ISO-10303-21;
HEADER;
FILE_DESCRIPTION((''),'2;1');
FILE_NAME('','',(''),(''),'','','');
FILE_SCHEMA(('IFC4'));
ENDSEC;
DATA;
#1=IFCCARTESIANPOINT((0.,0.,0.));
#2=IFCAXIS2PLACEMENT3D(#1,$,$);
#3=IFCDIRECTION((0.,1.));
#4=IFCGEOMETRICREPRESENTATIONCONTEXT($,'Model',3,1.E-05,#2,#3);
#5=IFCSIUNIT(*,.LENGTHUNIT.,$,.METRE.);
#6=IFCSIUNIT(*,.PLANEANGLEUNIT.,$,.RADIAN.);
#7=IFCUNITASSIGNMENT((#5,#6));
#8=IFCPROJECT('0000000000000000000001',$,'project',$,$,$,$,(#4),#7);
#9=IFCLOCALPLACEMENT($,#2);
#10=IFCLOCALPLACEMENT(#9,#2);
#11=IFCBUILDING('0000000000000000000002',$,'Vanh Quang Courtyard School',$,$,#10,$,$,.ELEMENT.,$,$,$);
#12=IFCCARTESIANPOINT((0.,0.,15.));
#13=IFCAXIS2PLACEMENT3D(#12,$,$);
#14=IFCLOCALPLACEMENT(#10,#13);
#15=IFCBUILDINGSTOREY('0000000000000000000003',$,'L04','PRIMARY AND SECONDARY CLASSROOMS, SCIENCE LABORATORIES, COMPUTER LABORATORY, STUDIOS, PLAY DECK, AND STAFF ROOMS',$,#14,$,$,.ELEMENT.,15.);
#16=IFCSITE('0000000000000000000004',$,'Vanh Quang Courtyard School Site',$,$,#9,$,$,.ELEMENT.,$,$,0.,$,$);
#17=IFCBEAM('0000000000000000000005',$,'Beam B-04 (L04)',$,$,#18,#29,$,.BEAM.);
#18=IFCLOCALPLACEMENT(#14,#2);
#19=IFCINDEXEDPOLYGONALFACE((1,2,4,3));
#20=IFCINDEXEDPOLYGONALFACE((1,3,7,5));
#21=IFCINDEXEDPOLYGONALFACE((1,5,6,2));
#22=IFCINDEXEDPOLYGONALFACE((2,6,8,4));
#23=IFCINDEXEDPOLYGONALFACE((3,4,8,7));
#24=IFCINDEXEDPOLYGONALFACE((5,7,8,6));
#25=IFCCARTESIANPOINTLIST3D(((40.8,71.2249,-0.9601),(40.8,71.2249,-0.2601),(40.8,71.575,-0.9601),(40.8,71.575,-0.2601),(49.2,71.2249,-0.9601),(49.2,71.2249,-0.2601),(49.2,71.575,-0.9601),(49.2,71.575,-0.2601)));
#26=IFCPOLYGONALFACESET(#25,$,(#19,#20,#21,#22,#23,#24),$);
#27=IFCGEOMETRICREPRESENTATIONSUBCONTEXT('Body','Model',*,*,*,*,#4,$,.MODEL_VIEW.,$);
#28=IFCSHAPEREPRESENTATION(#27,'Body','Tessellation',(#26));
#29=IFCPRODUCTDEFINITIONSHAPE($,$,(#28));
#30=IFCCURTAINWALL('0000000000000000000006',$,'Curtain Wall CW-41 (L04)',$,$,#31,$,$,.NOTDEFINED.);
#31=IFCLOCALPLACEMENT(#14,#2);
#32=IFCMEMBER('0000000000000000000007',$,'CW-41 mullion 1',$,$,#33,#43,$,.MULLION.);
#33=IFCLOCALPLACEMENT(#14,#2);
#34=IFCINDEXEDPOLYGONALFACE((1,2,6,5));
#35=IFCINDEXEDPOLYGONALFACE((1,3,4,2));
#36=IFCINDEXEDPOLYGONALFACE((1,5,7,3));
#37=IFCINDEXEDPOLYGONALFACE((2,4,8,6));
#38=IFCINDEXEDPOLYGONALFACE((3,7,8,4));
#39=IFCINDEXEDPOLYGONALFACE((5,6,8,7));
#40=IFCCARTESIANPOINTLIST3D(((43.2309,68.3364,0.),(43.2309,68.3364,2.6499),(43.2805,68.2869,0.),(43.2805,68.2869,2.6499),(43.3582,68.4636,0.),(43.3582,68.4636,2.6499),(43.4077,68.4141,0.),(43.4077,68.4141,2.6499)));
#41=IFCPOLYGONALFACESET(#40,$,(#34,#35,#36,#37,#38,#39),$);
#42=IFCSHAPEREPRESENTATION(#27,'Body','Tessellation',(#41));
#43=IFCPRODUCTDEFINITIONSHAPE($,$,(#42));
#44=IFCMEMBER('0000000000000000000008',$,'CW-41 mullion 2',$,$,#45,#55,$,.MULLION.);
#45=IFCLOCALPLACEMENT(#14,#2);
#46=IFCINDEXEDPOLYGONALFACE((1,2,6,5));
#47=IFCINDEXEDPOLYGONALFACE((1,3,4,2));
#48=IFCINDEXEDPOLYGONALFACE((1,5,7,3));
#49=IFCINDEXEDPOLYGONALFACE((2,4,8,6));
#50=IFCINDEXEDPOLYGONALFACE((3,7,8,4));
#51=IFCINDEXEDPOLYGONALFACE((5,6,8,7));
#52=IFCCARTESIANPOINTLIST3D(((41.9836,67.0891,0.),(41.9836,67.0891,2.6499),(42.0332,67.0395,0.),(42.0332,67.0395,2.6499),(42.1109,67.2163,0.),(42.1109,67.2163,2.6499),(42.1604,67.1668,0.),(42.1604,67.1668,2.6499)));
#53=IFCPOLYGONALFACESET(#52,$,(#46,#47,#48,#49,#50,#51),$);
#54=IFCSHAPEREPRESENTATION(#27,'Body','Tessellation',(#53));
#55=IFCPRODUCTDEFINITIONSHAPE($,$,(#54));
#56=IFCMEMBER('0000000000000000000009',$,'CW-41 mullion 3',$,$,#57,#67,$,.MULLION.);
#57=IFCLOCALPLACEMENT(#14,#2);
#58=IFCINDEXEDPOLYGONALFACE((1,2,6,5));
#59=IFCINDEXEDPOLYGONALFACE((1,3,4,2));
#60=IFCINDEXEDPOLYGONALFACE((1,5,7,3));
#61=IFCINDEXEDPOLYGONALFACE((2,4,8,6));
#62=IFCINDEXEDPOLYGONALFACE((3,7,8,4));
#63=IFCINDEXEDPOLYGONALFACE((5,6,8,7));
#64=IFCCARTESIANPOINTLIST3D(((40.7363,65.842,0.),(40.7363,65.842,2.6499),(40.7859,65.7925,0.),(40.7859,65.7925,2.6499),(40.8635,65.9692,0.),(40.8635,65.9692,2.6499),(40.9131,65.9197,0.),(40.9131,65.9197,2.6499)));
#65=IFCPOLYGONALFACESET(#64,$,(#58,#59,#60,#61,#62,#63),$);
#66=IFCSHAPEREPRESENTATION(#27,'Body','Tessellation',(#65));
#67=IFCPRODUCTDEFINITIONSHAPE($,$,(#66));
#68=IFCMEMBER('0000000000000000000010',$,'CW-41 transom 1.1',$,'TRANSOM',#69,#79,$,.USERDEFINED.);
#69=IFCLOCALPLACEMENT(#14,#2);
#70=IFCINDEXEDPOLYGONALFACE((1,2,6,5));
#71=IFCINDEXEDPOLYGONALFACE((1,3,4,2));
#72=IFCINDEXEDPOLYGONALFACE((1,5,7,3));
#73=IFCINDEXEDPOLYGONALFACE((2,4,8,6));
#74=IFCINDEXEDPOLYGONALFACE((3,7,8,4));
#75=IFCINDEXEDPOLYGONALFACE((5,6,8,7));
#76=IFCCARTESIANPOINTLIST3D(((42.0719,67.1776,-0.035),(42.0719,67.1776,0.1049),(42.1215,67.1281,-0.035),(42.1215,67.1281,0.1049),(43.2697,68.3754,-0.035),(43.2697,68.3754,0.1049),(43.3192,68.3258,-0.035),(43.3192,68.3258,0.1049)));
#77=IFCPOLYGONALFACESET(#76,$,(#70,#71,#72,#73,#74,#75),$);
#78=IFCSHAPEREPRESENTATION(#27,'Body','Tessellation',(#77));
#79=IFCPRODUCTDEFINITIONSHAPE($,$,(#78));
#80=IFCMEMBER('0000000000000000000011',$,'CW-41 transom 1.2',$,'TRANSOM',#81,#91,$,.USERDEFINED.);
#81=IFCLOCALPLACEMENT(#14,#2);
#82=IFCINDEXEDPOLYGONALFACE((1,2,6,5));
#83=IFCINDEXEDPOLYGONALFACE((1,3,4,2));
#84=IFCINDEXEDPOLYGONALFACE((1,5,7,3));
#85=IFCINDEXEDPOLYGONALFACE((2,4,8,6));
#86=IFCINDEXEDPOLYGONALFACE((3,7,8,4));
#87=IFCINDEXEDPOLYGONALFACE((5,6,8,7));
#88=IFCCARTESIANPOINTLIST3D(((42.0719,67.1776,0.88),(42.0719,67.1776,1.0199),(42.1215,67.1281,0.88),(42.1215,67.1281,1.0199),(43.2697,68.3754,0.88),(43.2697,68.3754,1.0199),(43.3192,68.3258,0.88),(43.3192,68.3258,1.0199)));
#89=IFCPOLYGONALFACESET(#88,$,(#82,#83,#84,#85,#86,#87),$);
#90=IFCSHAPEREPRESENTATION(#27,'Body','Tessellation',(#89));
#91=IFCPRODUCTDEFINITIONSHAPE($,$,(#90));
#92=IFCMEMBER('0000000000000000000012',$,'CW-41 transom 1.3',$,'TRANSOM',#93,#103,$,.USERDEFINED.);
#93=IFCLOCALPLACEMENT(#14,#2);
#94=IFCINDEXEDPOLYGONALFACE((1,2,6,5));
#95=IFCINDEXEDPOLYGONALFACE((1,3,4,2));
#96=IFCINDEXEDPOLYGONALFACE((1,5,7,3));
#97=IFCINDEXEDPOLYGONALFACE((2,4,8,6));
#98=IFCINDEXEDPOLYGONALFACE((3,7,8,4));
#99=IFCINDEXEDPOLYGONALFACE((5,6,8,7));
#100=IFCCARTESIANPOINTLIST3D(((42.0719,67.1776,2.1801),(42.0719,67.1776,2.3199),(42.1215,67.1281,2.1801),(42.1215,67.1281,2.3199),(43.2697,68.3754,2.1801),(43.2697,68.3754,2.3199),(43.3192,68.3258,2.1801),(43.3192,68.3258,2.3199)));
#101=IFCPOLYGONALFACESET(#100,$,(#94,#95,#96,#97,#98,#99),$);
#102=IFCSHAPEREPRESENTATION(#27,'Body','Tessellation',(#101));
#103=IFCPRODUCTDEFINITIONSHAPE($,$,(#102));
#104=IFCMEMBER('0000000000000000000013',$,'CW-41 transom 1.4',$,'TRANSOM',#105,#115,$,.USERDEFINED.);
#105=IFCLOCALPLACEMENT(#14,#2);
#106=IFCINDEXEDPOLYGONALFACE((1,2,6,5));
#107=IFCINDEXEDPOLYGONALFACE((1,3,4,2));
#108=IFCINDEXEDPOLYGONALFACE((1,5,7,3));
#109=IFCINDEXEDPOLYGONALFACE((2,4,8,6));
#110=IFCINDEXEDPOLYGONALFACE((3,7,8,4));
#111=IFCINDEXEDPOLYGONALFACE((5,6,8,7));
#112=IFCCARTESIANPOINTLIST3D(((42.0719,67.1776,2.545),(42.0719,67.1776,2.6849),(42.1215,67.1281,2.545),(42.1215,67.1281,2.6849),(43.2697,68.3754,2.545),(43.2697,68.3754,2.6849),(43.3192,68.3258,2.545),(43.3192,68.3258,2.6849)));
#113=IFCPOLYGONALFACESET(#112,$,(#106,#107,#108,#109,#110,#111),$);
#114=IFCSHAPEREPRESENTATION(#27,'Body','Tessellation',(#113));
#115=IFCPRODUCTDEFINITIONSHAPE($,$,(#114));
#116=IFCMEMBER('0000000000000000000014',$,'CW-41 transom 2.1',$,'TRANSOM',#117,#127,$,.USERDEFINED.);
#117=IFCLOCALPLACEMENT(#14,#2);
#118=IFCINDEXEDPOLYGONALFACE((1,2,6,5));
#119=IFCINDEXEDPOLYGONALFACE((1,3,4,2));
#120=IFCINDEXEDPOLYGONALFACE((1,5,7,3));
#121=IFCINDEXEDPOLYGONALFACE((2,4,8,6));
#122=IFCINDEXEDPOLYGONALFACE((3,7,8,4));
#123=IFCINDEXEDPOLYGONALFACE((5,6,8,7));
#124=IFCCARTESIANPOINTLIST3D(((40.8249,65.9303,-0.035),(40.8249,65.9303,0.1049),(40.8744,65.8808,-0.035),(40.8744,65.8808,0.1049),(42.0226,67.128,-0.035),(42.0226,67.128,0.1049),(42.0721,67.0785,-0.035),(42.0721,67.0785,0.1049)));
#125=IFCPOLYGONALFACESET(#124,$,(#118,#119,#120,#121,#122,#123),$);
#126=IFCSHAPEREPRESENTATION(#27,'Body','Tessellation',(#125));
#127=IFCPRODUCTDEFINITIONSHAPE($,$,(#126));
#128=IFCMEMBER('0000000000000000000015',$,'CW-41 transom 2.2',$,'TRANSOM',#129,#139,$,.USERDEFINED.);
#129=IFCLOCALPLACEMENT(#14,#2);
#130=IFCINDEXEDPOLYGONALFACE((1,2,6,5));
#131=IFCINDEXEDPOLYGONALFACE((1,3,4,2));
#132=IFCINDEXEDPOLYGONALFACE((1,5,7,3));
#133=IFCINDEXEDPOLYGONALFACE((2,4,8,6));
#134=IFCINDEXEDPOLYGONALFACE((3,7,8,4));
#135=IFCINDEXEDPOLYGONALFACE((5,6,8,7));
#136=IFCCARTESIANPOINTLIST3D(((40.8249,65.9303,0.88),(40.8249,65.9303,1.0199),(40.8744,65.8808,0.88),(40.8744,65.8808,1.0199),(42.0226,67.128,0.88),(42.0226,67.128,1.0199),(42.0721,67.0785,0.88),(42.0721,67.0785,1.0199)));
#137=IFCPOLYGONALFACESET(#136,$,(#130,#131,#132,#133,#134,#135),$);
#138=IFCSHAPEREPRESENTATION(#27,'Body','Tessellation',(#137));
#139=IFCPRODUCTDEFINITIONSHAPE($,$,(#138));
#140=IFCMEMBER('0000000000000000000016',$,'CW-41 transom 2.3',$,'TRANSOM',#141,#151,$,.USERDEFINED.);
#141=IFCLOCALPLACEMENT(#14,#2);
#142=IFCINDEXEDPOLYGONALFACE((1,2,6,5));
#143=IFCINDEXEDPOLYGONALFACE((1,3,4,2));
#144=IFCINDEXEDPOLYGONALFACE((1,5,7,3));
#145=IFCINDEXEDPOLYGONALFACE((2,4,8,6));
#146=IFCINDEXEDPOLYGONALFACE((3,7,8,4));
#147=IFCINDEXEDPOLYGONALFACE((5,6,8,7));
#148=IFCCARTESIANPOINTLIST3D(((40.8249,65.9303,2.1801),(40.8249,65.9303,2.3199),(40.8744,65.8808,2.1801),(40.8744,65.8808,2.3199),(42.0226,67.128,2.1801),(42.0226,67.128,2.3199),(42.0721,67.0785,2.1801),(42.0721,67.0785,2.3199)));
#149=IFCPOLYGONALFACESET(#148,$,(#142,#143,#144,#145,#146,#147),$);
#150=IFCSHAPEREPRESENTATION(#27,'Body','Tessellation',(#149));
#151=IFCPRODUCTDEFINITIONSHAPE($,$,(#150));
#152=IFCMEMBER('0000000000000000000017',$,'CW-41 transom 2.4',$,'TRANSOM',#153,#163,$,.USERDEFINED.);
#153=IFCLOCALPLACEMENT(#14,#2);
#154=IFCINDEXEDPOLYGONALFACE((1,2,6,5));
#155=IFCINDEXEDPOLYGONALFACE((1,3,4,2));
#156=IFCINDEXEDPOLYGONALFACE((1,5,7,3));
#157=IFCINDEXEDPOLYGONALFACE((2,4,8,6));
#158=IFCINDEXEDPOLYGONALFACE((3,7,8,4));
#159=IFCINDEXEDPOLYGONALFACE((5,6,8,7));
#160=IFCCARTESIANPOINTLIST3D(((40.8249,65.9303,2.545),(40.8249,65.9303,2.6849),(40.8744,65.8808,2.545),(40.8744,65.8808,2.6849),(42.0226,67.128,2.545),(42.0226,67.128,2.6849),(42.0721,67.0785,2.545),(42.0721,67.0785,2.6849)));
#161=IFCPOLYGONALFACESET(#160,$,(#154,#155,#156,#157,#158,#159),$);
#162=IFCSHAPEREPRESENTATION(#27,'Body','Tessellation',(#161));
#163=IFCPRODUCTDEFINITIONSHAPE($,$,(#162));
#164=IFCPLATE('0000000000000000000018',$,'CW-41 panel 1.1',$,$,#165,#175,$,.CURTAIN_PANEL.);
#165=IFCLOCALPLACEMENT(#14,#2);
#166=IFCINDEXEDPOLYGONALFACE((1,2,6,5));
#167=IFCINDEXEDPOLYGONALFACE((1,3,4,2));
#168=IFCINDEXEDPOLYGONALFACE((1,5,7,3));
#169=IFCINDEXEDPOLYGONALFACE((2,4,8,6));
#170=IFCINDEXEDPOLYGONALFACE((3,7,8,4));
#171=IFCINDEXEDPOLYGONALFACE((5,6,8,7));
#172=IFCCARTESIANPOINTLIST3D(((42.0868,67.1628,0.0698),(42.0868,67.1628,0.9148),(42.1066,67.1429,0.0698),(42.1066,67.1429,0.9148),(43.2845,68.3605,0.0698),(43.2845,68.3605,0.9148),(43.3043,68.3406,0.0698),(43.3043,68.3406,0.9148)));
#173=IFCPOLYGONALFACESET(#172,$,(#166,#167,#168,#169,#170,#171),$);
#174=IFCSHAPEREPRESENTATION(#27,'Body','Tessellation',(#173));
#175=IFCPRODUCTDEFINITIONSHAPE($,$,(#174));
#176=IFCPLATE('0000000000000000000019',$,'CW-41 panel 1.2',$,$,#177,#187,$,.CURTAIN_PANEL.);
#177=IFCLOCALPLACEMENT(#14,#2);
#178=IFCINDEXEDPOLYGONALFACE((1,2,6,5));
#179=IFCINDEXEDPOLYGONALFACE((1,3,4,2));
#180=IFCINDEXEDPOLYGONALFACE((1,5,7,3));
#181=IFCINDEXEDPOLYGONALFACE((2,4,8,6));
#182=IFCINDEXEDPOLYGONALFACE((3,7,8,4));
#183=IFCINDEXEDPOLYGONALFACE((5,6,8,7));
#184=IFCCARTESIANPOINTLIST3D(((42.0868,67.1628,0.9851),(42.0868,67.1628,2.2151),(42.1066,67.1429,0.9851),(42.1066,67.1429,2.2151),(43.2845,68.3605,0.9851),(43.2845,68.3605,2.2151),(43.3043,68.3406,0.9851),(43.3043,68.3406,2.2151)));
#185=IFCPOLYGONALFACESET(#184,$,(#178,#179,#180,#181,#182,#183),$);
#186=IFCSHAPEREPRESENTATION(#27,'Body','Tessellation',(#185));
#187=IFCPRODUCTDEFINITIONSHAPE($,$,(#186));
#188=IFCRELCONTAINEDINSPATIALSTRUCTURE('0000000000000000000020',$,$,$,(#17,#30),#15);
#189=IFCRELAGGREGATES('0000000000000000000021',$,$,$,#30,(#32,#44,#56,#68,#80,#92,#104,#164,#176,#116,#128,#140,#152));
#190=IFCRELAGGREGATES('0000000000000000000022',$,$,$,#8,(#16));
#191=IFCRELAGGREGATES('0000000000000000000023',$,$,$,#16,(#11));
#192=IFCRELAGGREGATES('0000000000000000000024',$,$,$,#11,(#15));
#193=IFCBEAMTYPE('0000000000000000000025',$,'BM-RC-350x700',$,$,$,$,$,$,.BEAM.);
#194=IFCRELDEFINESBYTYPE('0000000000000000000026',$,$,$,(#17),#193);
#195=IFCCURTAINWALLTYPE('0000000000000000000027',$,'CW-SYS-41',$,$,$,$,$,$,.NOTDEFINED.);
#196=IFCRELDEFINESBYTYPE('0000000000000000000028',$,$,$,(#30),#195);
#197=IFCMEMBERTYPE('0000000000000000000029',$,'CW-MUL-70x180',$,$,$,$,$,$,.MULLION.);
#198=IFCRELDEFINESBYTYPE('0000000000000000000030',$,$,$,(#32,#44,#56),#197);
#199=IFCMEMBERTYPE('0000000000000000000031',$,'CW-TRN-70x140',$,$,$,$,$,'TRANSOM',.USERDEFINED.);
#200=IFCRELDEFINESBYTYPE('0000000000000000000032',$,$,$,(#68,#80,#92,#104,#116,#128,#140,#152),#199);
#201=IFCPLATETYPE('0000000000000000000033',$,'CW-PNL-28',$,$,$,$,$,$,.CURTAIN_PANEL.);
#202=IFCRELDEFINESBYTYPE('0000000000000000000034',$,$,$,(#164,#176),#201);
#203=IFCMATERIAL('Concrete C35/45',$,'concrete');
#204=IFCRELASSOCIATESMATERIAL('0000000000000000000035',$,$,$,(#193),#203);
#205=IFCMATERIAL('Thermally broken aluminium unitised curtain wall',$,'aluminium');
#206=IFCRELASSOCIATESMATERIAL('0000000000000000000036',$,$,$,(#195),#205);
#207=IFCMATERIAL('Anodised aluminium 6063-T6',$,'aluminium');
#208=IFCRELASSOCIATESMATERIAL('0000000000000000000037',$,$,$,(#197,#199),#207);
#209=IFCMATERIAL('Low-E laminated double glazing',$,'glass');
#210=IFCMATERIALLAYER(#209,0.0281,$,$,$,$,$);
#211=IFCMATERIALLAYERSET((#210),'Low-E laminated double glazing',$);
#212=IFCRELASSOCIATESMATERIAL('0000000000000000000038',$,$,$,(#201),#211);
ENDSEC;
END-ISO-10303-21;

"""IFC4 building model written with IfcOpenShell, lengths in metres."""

from ifc_helpers import new_model, si_unit, direction, frame, origin, origin_2d, place, context, subcontext, project, spatial, rectangle, extrude, material, layer, layer_set, material_profile, profile_set, type_object, element, aggregate, save


model = new_model("IFC4")

# Units and contexts
model_context = context("Model", 3, precision=1e-05, world=origin(), true_north=direction((0.0, 1.0)))
body_context = subcontext(model_context, "Body", "Model", "MODEL_VIEW")
ifc_project = project(units=[si_unit("LENGTHUNIT", "METRE"), si_unit("PLANEANGLEUNIT", "RADIAN")], contexts=[model_context])

# Site, building, storey
site_placement = place(None, origin())
site = spatial("IfcSite", under=ifc_project, at=site_placement, Name="Vanh Quang Courtyard School Site", CompositionType="ELEMENT", RefElevation=0.0)
building_placement = place(site_placement, origin())
building = spatial("IfcBuilding", under=site, at=building_placement, Name="Vanh Quang Courtyard School", CompositionType="ELEMENT")
storey_placement = place(building_placement, frame((0.0, 0.0, 15.0)))
storey = spatial("IfcBuildingStorey", under=building, at=storey_placement, Name="L04", Description="PRIMARY AND SECONDARY CLASSROOMS, SCIENCE LABORATORIES, COMPUTER LABORATORY, STUDIOS, PLAY DECK, AND STAFF ROOMS", CompositionType="ELEMENT", Elevation=15.0)

# Beam
ifc_material_1 = material(Name="Concrete C35/45", Category="concrete")
ifc_material_profile_1 = material_profile(ifc_material_1, rectangle(XDim=0.3501, YDim=0.7, at=origin_2d()), Name="RC-BM 350x700")
ifc_profile_set_1 = profile_set([ifc_material_profile_1], Name="Concrete C35/45")
beam_type = type_object("IfcBeamType", Name="BM-RC-350x700", PredefinedType="BEAM", material=ifc_profile_set_1)
beam_placement = place(storey_placement, frame((40.8, 71.3999, -0.6101), z_axis=(1.0, 0.0, 0.0), x_axis=(0.0, 1.0, 0.0)))
element("IfcBeam", 1, at=beam_placement, inside=storey, type_object=beam_type, Name="Beam B-04 (L04)", PredefinedType="BEAM", context=body_context, shape_type="SweptSolid", body=[
    extrude(rectangle(XDim=0.3501, YDim=0.7, at=origin_2d()), origin(), (0.0, 0.0, 1.0), 8.3999),
])

# Curtain wall, members, plates
ifc_material_2 = material(Name="Thermally broken aluminium unitised curtain wall", Category="aluminium")
curtain_wall_type = type_object("IfcCurtainWallType", Name="CW-SYS-41", PredefinedType="NOTDEFINED", material=ifc_material_2)
curtain_wall_placement = place(storey_placement, origin())
curtain_wall = element("IfcCurtainWall", 2, at=curtain_wall_placement, inside=storey, type_object=curtain_wall_type, Name="Curtain Wall CW-41 (L04)", PredefinedType="NOTDEFINED")
ifc_material_3 = material(Name="Anodised aluminium 6063-T6", Category="aluminium")
ifc_material_profile_2 = material_profile(ifc_material_3, rectangle(XDim=0.0701, YDim=0.1799, at=origin_2d()), Name="ALU-MUL 70x180")
ifc_profile_set_2 = profile_set([ifc_material_profile_2], Name="Anodised aluminium 6063-T6")
member_type_1 = type_object("IfcMemberType", Name="CW-MUL-70x180", PredefinedType="MULLION", material=ifc_profile_set_2)
member_1_placement = place(storey_placement, frame((43.3193, 68.3752, 0.0), z_axis=(0.0, 0.0, 1.0), x_axis=(0.707107, -0.707107, 0.0)))
member_1 = element("IfcMember", 3, at=member_1_placement, type_object=member_type_1, Name="CW-41 mullion 1", PredefinedType="MULLION", context=body_context, shape_type="SweptSolid", body=[
    extrude(rectangle(XDim=0.0701, YDim=0.1799, at=origin_2d()), origin(), (0.0, 0.0, 1.0), 2.6499),
])
member_2_placement = place(storey_placement, frame((42.072, 67.1279, 0.0), z_axis=(0.0, 0.0, 1.0), x_axis=(0.707107, -0.707107, 0.0)))
member_2 = element("IfcMember", 4, at=member_2_placement, type_object=member_type_1, Name="CW-41 mullion 2", PredefinedType="MULLION", context=body_context, shape_type="SweptSolid", body=[
    extrude(rectangle(XDim=0.0701, YDim=0.1799, at=origin_2d()), origin(), (0.0, 0.0, 1.0), 2.6499),
])
member_3_placement = place(storey_placement, frame((40.8247, 65.8809, 0.0), z_axis=(0.0, 0.0, 1.0), x_axis=(0.707107, -0.707107, 0.0)))
member_3 = element("IfcMember", 5, at=member_3_placement, type_object=member_type_1, Name="CW-41 mullion 3", PredefinedType="MULLION", context=body_context, shape_type="SweptSolid", body=[
    extrude(rectangle(XDim=0.0701, YDim=0.1799, at=origin_2d()), origin(), (0.0, 0.0, 1.0), 2.6499),
])
ifc_material_profile_3 = material_profile(ifc_material_3, rectangle(XDim=0.0701, YDim=0.1399, at=origin_2d()), Name="ALU-TRN 70x140")
ifc_profile_set_3 = profile_set([ifc_material_profile_3], Name="Anodised aluminium 6063-T6")
member_type_2 = type_object("IfcMemberType", Name="CW-TRN-70x140", ElementType="TRANSOM", PredefinedType="USERDEFINED", material=ifc_profile_set_3)
member_4_placement = place(storey_placement, frame((43.2944, 68.3506, 0.0349), z_axis=(-0.707107, -0.707107, 0.0), x_axis=(0.707107, -0.707107, 0.0)))
member_4 = element("IfcMember", 6, at=member_4_placement, type_object=member_type_2, Name="CW-41 transom 1.1", ObjectType="TRANSOM", PredefinedType="USERDEFINED", context=body_context, shape_type="SweptSolid", body=[
    extrude(rectangle(XDim=0.0701, YDim=0.1399, at=origin_2d()), origin(), (0.0, 0.0, 1.0), 1.6938),
])
member_5_placement = place(storey_placement, frame((43.2944, 68.3506, 0.95), z_axis=(-0.707107, -0.707107, 0.0), x_axis=(0.707107, -0.707107, 0.0)))
member_5 = element("IfcMember", 7, at=member_5_placement, type_object=member_type_2, Name="CW-41 transom 1.2", ObjectType="TRANSOM", PredefinedType="USERDEFINED", context=body_context, shape_type="SweptSolid", body=[
    extrude(rectangle(XDim=0.0701, YDim=0.1399, at=origin_2d()), origin(), (0.0, 0.0, 1.0), 1.6938),
])
member_6_placement = place(storey_placement, frame((43.2944, 68.3506, 2.25), z_axis=(-0.707107, -0.707107, 0.0), x_axis=(0.707107, -0.707107, 0.0)))
member_6 = element("IfcMember", 8, at=member_6_placement, type_object=member_type_2, Name="CW-41 transom 1.3", ObjectType="TRANSOM", PredefinedType="USERDEFINED", context=body_context, shape_type="SweptSolid", body=[
    extrude(rectangle(XDim=0.0701, YDim=0.1399, at=origin_2d()), origin(), (0.0, 0.0, 1.0), 1.6938),
])
member_7_placement = place(storey_placement, frame((43.2944, 68.3506, 2.615), z_axis=(-0.707107, -0.707107, 0.0), x_axis=(0.707107, -0.707107, 0.0)))
member_7 = element("IfcMember", 9, at=member_7_placement, type_object=member_type_2, Name="CW-41 transom 1.4", ObjectType="TRANSOM", PredefinedType="USERDEFINED", context=body_context, shape_type="SweptSolid", body=[
    extrude(rectangle(XDim=0.0701, YDim=0.1399, at=origin_2d()), origin(), (0.0, 0.0, 1.0), 1.6938),
])
member_8_placement = place(storey_placement, frame((42.0474, 67.1033, 0.0349), z_axis=(-0.707107, -0.707107, 0.0), x_axis=(0.707107, -0.707107, 0.0)))
member_8 = element("IfcMember", 10, at=member_8_placement, type_object=member_type_2, Name="CW-41 transom 2.1", ObjectType="TRANSOM", PredefinedType="USERDEFINED", context=body_context, shape_type="SweptSolid", body=[
    extrude(rectangle(XDim=0.0701, YDim=0.1399, at=origin_2d()), origin(), (0.0, 0.0, 1.0), 1.6938),
])
member_9_placement = place(storey_placement, frame((42.0474, 67.1033, 0.95), z_axis=(-0.707107, -0.707107, 0.0), x_axis=(0.707107, -0.707107, 0.0)))
member_9 = element("IfcMember", 11, at=member_9_placement, type_object=member_type_2, Name="CW-41 transom 2.2", ObjectType="TRANSOM", PredefinedType="USERDEFINED", context=body_context, shape_type="SweptSolid", body=[
    extrude(rectangle(XDim=0.0701, YDim=0.1399, at=origin_2d()), origin(), (0.0, 0.0, 1.0), 1.6938),
])
member_10_placement = place(storey_placement, frame((42.0474, 67.1033, 2.25), z_axis=(-0.707107, -0.707107, 0.0), x_axis=(0.707107, -0.707107, 0.0)))
member_10 = element("IfcMember", 12, at=member_10_placement, type_object=member_type_2, Name="CW-41 transom 2.3", ObjectType="TRANSOM", PredefinedType="USERDEFINED", context=body_context, shape_type="SweptSolid", body=[
    extrude(rectangle(XDim=0.0701, YDim=0.1399, at=origin_2d()), origin(), (0.0, 0.0, 1.0), 1.6938),
])
member_11_placement = place(storey_placement, frame((42.0474, 67.1033, 2.615), z_axis=(-0.707107, -0.707107, 0.0), x_axis=(0.707107, -0.707107, 0.0)))
member_11 = element("IfcMember", 13, at=member_11_placement, type_object=member_type_2, Name="CW-41 transom 2.4", ObjectType="TRANSOM", PredefinedType="USERDEFINED", context=body_context, shape_type="SweptSolid", body=[
    extrude(rectangle(XDim=0.0701, YDim=0.1399, at=origin_2d()), origin(), (0.0, 0.0, 1.0), 1.6938),
])
ifc_material_4 = material(Name="Low-E laminated double glazing", Category="glass")
ifc_layer_1 = layer(ifc_material_4, 0.0281)
ifc_layer_set_1 = layer_set([ifc_layer_1], Name="Low-E laminated double glazing")
plate_type = type_object("IfcPlateType", Name="CW-PNL-28", PredefinedType="CURTAIN_PANEL", material=ifc_layer_set_1)
plate_1_placement = place(storey_placement, frame((42.6956, 67.7517, 0.0698), z_axis=(0.0, 0.0, 1.0), x_axis=(-0.707107, -0.707107, 0.0)))
plate_1 = element("IfcPlate", 14, at=plate_1_placement, type_object=plate_type, Name="CW-41 panel 1.1", PredefinedType="CURTAIN_PANEL", context=body_context, shape_type="SweptSolid", body=[
    extrude(rectangle(XDim=1.6938, YDim=0.0281, at=origin_2d()), origin(), (0.0, 0.0, 1.0), 0.845),
])
plate_2_placement = place(storey_placement, frame((42.6956, 67.7517, 0.9851), z_axis=(0.0, 0.0, 1.0), x_axis=(-0.707107, -0.707107, 0.0)))
plate_2 = element("IfcPlate", 15, at=plate_2_placement, type_object=plate_type, Name="CW-41 panel 1.2", PredefinedType="CURTAIN_PANEL", context=body_context, shape_type="SweptSolid", body=[
    extrude(rectangle(XDim=1.6938, YDim=0.0281, at=origin_2d()), origin(), (0.0, 0.0, 1.0), 1.23),
])
aggregate(curtain_wall, [member_1, member_2, member_3, member_4, member_5, member_6, member_7, plate_1, plate_2, member_8, member_9, member_10, member_11])

save(model, "model.ifc")
